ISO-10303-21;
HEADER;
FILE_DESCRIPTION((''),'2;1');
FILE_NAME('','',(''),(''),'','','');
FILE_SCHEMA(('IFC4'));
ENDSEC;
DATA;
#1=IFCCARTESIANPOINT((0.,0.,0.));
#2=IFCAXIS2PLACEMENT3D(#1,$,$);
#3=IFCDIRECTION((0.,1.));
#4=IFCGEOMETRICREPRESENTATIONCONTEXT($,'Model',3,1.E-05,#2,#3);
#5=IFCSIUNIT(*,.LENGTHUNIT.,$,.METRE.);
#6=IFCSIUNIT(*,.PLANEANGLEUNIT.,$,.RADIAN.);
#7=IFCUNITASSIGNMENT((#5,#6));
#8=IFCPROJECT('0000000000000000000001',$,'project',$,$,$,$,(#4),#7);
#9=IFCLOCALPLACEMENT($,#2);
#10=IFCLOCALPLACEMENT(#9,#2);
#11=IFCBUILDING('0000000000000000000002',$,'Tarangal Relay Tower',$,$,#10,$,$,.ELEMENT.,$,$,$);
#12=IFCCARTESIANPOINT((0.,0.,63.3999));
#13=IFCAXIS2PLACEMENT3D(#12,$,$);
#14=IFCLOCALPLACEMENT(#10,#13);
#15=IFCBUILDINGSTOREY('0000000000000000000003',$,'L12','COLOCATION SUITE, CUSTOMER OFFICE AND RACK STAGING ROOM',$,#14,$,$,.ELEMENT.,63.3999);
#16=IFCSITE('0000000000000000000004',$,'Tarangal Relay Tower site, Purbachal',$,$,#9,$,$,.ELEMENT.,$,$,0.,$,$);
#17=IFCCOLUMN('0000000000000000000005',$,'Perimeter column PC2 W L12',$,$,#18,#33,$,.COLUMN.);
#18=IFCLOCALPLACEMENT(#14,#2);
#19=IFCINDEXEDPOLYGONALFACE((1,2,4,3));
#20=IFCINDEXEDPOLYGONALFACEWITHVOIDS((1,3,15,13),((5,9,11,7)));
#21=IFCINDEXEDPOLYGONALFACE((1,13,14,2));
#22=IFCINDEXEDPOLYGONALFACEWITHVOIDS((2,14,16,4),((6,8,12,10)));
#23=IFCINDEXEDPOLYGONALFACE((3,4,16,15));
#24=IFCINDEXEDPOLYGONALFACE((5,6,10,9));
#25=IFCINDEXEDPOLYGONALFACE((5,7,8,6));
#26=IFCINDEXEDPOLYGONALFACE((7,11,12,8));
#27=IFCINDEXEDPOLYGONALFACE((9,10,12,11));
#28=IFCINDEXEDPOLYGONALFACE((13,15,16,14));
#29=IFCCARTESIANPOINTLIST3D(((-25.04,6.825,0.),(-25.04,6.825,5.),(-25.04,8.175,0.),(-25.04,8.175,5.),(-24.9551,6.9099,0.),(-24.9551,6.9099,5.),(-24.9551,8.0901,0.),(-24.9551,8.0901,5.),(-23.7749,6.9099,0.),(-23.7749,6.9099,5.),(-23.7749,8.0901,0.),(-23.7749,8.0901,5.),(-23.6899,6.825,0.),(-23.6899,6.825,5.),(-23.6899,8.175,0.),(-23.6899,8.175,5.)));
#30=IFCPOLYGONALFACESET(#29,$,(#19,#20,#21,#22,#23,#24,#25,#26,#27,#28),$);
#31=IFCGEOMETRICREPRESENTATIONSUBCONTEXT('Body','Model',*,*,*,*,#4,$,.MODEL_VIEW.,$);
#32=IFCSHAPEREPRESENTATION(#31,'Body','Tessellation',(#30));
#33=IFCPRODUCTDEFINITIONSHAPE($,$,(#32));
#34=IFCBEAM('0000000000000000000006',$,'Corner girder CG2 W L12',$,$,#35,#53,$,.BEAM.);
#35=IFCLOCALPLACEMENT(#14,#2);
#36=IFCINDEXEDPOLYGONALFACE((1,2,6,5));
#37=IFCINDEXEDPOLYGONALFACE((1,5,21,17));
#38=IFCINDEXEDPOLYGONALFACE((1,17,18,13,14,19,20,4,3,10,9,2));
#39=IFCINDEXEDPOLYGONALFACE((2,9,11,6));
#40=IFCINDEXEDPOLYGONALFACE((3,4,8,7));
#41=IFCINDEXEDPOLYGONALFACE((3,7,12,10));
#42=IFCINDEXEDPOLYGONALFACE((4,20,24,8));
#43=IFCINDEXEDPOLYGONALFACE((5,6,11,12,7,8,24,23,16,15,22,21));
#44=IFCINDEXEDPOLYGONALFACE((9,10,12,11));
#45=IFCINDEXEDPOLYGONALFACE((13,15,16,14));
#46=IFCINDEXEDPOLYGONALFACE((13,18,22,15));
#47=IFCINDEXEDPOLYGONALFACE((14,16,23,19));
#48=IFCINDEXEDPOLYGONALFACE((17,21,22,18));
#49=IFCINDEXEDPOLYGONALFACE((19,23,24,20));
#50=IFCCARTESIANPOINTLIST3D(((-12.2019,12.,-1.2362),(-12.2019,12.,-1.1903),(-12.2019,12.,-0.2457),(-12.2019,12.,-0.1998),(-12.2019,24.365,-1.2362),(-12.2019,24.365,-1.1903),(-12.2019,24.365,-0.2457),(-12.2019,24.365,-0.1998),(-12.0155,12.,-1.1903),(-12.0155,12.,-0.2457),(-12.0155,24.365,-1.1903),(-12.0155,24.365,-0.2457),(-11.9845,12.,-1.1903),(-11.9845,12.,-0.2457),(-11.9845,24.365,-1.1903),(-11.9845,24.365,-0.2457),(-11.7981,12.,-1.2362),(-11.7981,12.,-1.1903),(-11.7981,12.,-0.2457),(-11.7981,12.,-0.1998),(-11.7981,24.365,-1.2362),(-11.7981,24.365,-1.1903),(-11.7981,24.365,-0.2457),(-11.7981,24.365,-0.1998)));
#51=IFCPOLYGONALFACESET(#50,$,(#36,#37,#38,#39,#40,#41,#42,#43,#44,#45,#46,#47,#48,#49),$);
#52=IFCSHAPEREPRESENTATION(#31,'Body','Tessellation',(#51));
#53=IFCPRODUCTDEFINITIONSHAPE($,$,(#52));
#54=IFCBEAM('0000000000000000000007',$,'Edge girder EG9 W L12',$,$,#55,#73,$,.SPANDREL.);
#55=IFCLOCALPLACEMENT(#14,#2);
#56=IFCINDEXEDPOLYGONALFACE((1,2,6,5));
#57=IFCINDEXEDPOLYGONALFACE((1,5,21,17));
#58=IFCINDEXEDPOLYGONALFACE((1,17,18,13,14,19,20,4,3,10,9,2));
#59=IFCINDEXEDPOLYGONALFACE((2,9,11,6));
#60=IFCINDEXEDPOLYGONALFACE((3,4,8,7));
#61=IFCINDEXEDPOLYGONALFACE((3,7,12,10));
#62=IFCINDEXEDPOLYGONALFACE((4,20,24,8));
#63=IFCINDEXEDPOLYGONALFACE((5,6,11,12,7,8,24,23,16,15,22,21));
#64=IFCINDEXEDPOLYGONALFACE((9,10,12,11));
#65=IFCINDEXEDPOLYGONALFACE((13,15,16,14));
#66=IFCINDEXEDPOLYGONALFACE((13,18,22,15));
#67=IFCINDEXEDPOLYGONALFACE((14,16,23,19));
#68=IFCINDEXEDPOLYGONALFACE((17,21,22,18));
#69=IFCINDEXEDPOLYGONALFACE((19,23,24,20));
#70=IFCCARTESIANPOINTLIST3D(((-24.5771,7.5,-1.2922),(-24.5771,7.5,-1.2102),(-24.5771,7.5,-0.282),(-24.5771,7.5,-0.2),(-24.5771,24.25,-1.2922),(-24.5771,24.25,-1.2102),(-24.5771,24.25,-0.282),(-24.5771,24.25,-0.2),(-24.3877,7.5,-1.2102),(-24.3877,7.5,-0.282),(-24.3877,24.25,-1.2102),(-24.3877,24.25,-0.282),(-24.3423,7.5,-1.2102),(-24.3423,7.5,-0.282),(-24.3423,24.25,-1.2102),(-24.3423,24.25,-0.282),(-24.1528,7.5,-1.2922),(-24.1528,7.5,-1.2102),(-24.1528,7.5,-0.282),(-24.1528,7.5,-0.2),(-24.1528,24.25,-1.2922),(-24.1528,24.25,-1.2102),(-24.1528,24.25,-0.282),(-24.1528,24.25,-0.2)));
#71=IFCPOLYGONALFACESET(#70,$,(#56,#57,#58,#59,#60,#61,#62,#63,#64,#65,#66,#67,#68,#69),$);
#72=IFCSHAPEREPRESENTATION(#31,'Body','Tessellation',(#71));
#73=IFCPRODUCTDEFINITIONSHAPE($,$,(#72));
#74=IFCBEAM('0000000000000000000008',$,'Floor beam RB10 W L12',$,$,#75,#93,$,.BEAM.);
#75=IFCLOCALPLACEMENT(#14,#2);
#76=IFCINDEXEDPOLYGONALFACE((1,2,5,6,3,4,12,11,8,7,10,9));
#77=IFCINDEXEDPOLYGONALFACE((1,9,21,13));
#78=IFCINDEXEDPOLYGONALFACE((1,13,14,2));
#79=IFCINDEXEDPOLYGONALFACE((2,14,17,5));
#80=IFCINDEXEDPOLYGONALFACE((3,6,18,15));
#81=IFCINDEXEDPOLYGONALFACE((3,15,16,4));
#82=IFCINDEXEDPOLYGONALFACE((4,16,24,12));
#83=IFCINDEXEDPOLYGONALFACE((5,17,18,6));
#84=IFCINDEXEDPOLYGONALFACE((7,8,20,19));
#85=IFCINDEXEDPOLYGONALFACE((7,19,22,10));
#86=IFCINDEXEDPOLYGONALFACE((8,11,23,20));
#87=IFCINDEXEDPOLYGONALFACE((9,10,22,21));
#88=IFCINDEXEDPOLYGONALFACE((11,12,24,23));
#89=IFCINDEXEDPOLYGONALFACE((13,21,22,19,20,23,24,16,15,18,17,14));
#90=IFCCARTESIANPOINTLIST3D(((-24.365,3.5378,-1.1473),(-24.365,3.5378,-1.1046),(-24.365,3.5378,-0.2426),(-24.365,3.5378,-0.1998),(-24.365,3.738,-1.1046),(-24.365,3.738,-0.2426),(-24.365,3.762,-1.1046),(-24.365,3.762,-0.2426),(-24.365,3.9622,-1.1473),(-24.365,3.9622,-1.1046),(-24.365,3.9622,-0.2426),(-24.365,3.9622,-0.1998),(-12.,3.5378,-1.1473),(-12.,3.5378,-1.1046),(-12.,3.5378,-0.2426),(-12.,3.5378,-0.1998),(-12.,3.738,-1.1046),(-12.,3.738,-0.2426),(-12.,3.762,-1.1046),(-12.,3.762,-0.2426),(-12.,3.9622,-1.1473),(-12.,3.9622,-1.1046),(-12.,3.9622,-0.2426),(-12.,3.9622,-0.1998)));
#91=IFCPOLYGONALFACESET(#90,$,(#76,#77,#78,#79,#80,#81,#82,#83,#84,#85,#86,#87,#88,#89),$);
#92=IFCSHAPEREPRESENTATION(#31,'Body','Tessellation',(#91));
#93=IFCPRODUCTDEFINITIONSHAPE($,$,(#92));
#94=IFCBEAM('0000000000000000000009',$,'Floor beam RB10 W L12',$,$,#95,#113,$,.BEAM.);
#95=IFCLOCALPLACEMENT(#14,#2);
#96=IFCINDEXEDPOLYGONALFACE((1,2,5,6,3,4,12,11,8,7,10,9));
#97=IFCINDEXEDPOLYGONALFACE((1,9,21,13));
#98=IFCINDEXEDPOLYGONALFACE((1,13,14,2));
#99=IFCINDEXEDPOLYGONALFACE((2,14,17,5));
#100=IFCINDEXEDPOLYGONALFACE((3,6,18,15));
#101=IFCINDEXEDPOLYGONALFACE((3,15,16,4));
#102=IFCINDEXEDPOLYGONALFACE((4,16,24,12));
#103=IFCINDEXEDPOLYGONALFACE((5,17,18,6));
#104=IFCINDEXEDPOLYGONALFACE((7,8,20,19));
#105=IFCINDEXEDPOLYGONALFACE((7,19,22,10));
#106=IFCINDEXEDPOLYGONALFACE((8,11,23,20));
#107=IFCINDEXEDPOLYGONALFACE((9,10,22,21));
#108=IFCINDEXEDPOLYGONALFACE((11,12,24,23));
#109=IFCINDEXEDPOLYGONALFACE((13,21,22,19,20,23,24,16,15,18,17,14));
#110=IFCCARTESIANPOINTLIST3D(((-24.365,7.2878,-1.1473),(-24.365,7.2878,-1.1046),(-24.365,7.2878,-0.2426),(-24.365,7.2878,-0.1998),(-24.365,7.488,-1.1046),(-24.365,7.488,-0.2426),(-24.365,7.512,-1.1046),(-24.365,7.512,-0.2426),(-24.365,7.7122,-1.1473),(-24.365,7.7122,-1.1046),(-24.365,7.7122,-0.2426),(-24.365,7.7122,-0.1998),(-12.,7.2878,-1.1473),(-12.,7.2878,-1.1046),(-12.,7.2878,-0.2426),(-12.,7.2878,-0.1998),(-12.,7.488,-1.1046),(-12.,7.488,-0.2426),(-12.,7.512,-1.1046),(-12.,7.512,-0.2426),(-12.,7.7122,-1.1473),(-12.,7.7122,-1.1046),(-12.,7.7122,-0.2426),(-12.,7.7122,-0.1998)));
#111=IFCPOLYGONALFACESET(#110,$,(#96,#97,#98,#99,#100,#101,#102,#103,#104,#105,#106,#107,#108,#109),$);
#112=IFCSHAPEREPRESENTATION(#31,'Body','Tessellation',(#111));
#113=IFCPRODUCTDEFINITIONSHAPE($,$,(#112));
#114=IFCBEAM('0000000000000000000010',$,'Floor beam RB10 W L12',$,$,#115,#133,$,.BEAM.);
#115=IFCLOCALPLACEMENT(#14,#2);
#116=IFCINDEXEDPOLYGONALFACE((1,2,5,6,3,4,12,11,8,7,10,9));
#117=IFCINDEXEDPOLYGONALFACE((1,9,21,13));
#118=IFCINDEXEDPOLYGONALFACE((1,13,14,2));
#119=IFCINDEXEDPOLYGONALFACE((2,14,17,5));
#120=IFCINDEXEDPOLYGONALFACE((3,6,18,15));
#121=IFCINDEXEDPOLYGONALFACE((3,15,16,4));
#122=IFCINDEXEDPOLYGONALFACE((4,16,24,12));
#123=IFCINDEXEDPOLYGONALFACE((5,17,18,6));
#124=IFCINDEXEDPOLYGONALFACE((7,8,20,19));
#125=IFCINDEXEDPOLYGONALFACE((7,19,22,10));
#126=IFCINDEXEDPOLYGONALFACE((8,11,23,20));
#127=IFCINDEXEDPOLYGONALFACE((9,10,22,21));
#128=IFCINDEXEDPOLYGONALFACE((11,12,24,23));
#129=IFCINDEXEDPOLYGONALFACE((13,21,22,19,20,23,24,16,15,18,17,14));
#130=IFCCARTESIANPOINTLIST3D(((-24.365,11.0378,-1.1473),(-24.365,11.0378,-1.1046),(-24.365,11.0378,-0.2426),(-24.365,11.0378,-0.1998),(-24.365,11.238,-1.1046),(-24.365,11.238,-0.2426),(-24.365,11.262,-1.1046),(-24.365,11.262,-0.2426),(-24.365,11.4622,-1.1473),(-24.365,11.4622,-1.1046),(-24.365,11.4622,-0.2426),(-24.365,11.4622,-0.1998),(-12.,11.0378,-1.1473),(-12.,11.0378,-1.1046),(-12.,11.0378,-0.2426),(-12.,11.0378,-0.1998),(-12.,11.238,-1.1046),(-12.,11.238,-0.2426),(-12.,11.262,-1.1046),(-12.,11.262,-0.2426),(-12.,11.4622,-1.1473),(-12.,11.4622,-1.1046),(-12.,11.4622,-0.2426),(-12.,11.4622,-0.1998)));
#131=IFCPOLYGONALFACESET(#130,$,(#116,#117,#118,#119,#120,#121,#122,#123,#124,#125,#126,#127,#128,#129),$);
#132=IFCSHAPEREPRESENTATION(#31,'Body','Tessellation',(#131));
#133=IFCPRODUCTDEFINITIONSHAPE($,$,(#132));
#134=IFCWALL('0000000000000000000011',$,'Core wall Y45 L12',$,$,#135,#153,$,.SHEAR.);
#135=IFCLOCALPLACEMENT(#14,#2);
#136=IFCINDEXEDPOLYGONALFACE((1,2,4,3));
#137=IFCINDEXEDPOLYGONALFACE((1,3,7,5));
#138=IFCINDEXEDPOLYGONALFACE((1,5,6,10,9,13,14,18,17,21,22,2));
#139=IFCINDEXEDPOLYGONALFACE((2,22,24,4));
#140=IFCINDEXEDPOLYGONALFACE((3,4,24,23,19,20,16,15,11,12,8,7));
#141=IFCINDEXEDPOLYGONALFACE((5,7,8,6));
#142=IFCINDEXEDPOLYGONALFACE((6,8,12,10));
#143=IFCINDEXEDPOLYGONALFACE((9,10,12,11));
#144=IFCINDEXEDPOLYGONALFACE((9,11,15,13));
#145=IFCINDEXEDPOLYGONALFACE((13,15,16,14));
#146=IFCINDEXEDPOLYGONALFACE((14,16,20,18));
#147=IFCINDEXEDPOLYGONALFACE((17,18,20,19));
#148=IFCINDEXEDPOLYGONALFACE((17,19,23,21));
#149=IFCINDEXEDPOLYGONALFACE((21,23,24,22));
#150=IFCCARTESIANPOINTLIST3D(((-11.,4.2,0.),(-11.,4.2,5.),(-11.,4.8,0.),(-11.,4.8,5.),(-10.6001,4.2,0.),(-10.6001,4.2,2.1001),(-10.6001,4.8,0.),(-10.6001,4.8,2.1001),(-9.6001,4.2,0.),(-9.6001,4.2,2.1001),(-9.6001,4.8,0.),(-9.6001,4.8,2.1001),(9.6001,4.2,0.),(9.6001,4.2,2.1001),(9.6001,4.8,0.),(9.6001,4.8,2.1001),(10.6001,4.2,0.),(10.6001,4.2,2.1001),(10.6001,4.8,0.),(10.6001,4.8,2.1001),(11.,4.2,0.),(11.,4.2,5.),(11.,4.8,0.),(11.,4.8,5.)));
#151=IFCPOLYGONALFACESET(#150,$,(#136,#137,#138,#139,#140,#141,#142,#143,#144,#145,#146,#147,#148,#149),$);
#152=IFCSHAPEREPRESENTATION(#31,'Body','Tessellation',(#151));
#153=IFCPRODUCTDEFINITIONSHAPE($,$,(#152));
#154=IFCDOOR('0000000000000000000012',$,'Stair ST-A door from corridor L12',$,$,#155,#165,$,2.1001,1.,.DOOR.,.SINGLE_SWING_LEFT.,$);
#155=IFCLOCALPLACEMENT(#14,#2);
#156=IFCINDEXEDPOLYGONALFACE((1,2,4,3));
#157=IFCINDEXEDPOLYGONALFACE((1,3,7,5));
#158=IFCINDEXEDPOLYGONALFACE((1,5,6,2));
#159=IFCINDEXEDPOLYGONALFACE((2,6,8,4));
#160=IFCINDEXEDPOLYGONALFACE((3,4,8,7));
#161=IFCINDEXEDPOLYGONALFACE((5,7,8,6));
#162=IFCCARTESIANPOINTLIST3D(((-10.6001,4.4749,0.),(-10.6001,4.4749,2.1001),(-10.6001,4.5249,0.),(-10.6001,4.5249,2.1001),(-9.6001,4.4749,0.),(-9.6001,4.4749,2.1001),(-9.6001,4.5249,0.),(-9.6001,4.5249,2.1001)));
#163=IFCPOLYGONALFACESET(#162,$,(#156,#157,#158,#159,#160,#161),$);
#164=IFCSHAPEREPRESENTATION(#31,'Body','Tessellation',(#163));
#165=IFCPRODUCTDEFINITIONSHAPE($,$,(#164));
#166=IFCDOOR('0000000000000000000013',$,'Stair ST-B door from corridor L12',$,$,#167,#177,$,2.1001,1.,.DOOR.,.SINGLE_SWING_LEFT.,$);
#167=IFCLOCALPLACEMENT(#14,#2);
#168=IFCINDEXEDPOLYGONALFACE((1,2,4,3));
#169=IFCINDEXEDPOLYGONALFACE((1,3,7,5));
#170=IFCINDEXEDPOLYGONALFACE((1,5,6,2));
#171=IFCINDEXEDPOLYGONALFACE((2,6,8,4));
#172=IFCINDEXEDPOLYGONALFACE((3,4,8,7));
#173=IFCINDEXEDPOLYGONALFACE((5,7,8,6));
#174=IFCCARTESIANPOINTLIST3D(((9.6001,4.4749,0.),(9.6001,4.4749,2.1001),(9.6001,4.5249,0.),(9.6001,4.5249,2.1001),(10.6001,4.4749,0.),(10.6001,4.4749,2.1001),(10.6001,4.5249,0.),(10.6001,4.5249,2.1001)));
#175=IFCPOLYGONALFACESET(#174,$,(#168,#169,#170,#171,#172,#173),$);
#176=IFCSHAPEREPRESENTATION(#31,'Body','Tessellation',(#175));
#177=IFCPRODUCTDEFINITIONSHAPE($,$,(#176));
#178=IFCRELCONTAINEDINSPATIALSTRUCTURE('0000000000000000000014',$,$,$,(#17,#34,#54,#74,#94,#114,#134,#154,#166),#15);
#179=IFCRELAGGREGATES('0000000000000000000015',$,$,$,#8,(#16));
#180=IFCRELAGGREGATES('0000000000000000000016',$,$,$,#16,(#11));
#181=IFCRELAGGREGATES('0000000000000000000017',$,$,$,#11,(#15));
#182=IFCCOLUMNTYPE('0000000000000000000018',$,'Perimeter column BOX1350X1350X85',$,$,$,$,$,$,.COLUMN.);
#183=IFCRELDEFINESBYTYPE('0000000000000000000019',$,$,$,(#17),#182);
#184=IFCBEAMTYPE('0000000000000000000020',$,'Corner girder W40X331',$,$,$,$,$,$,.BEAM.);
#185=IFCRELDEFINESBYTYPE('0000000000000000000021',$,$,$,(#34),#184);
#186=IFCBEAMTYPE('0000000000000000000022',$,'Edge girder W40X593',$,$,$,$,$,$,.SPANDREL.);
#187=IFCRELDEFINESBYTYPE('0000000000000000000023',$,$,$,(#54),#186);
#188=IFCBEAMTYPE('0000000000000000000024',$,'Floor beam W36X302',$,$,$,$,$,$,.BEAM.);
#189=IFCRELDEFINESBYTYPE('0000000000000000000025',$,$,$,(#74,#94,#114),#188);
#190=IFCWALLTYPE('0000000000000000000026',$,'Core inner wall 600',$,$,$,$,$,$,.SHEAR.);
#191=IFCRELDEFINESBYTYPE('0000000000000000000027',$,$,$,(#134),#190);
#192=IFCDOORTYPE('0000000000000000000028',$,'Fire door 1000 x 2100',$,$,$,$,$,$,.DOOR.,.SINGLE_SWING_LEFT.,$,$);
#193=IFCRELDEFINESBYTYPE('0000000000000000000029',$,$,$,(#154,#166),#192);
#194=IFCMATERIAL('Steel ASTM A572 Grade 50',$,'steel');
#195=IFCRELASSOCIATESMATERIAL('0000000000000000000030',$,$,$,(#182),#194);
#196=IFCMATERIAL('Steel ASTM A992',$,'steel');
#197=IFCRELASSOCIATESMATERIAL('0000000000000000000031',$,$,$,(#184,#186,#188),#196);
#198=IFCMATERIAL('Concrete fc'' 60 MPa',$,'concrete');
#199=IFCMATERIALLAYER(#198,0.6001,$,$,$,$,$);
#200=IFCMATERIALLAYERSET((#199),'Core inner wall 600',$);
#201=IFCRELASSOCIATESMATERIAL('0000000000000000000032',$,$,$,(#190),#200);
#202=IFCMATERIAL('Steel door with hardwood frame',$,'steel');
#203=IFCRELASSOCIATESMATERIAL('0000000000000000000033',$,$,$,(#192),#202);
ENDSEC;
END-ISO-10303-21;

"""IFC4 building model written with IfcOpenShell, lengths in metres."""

from ifc_helpers import new_model, si_unit, direction, frame, frame_2d, origin, origin_2d, place, context, subcontext, project, spatial, rectangle, hollow_rectangle, i_section, extrude, material, layer, layer_set, material_profile, profile_set, type_object, element, fill, save


model = new_model("IFC4")

# Units and contexts
model_context = context("Model", 3, precision=1e-05, world=origin(), true_north=direction((0.0, 1.0)))
body_context = subcontext(model_context, "Body", "Model", "MODEL_VIEW")
ifc_project = project(units=[si_unit("LENGTHUNIT", "METRE"), si_unit("PLANEANGLEUNIT", "RADIAN")], contexts=[model_context])

# Site, building, storey
site_placement = place(None, origin())
site = spatial("IfcSite", under=ifc_project, at=site_placement, Name="Tarangal Relay Tower site, Purbachal", CompositionType="ELEMENT", RefElevation=0.0)
building_placement = place(site_placement, origin())
building = spatial("IfcBuilding", under=site, at=building_placement, Name="Tarangal Relay Tower", CompositionType="ELEMENT")
storey_placement = place(building_placement, frame((0.0, 0.0, 63.3999)))
storey = spatial("IfcBuildingStorey", under=building, at=storey_placement, Name="L12", Description="COLOCATION SUITE, CUSTOMER OFFICE AND RACK STAGING ROOM", CompositionType="ELEMENT", Elevation=63.3999)

# Column
ifc_material_1 = material(Name="Steel ASTM A572 Grade 50", Category="steel")
ifc_material_profile_1 = material_profile(ifc_material_1, hollow_rectangle(XDim=1.3501, YDim=1.3501, WallThickness=0.085, at=origin_2d()), Name="BOX1350X1350X85")
ifc_profile_set_1 = profile_set([ifc_material_profile_1], Name="Steel ASTM A572 Grade 50")
column_type = type_object("IfcColumnType", Name="Perimeter column BOX1350X1350X85", PredefinedType="COLUMN", material=ifc_profile_set_1)
column_placement = place(storey_placement, frame((-24.365, 7.5, 0.0), z_axis=(0.0, 0.0, 1.0), x_axis=(1.0, 0.0, 0.0)))
element("IfcColumn", 1, at=column_placement, inside=storey, type_object=column_type, Name="Perimeter column PC2 W L12", PredefinedType="COLUMN", context=body_context, shape_type="SweptSolid", body=[
    extrude(hollow_rectangle(XDim=1.3501, YDim=1.3501, WallThickness=0.085, at=origin_2d()), origin(), (0.0, 0.0, 1.0), 5.0),
])

# Beams
ifc_material_2 = material(Name="Steel ASTM A992", Category="steel")
ifc_material_profile_2 = material_profile(ifc_material_2, i_section(OverallWidth=0.4038, OverallDepth=1.0364, WebThickness=0.031, FlangeThickness=0.0459, at=origin_2d()), Name="W40X331")
ifc_profile_set_2 = profile_set([ifc_material_profile_2], Name="Steel ASTM A992")
beam_type_1 = type_object("IfcBeamType", Name="Corner girder W40X331", PredefinedType="BEAM", material=ifc_profile_set_2)
beam_1_placement = place(storey_placement, frame((-12.0, 12.0, -0.718), z_axis=(0.0, 1.0, 0.0), x_axis=(-1.0, 0.0, 0.0)))
element("IfcBeam", 2, at=beam_1_placement, inside=storey, type_object=beam_type_1, Name="Corner girder CG2 W L12", PredefinedType="BEAM", context=body_context, shape_type="SweptSolid", body=[
    extrude(i_section(OverallWidth=0.4038, OverallDepth=1.0364, WebThickness=0.031, FlangeThickness=0.0459, at=origin_2d()), origin(), (0.0, 0.0, 1.0), 12.365),
])
ifc_material_profile_3 = material_profile(ifc_material_2, i_section(OverallWidth=0.4243, OverallDepth=1.0923, WebThickness=0.0454, FlangeThickness=0.082, at=origin_2d()), Name="W40X593")
ifc_profile_set_3 = profile_set([ifc_material_profile_3], Name="Steel ASTM A992")
beam_type_2 = type_object("IfcBeamType", Name="Edge girder W40X593", PredefinedType="SPANDREL", material=ifc_profile_set_3)
beam_2_placement = place(storey_placement, frame((-24.365, 7.5, -0.7461), z_axis=(0.0, 1.0, 0.0), x_axis=(-1.0, 0.0, 0.0)))
element("IfcBeam", 3, at=beam_2_placement, inside=storey, type_object=beam_type_2, Name="Edge girder EG9 W L12", PredefinedType="SPANDREL", context=body_context, shape_type="SweptSolid", body=[
    extrude(i_section(OverallWidth=0.4243, OverallDepth=1.0923, WebThickness=0.0454, FlangeThickness=0.082, at=origin_2d()), origin(), (0.0, 0.0, 1.0), 16.75),
])
ifc_material_profile_4 = material_profile(ifc_material_2, i_section(OverallWidth=0.4243, OverallDepth=0.9475, WebThickness=0.0239, FlangeThickness=0.0427, at=origin_2d()), Name="W36X302")
ifc_profile_set_4 = profile_set([ifc_material_profile_4], Name="Steel ASTM A992")
beam_type_3 = type_object("IfcBeamType", Name="Floor beam W36X302", PredefinedType="BEAM", material=ifc_profile_set_4)
for number, where, z_axis, x_axis, name in (
    (4, (-12.0, 3.75, -0.6736), (-1.0, 0.0, 0.0), (0.0, -1.0, 0.0), "Floor beam RB10 W L12"),
    (5, (-12.0, 7.5, -0.6736), (-1.0, 0.0, 0.0), (0.0, -1.0, 0.0), "Floor beam RB10 W L12"),
    (6, (-12.0, 11.25, -0.6736), (-1.0, 0.0, 0.0), (0.0, -1.0, 0.0), "Floor beam RB10 W L12"),
):
    element("IfcBeam", number, at=place(storey_placement, frame(where, z_axis=z_axis, x_axis=x_axis)), inside=storey, type_object=beam_type_3, Name=name, PredefinedType="BEAM", context=body_context, shape_type="SweptSolid", body=[
        extrude(i_section(OverallWidth=0.4243, OverallDepth=0.9475, WebThickness=0.0239, FlangeThickness=0.0427, at=origin_2d()), origin(), (0.0, 0.0, 1.0), 12.365),
    ])

# Wall, openings, doors
ifc_material_3 = material(Name="Concrete fc' 60 MPa", Category="concrete")
ifc_layer_1 = layer(ifc_material_3, 0.6001)
ifc_layer_set_1 = layer_set([ifc_layer_1], Name="Core inner wall 600")
wall_type_1 = type_object("IfcWallType", Name="Core inner wall 600", PredefinedType="SHEAR", material=ifc_layer_set_1)
wall_1_placement = place(storey_placement, frame((-11.0, 4.5, 0.0), z_axis=(0.0, 0.0, 1.0), x_axis=(1.0, 0.0, 0.0)))
wall_1 = element("IfcWall", 7, at=wall_1_placement, inside=storey, type_object=wall_type_1, Name="Core wall Y45 L12", PredefinedType="SHEAR", context=body_context, shape_type="SweptSolid", body=[
    extrude(rectangle(XDim=22.0, YDim=0.6001, at=frame_2d((11.0, 0.0))), origin(), (0.0, 0.0, 1.0), 5.0),
])
opening_1_placement = place(wall_1_placement, frame((0.3999, 0.0, 0.0)))
opening_1 = element("IfcOpeningElement", 8, at=opening_1_placement, cuts=wall_1, PredefinedType="OPENING", context=body_context, shape_type="SweptSolid", body=[
    extrude(rectangle(XDim=1.0, YDim=2.1001, at=frame_2d((0.5, 1.05))), frame((0.0, 0.3101, 0.0), z_axis=(0.0, -1.0, 0.0), x_axis=(1.0, 0.0, 0.0)), (0.0, 0.0, 1.0), 0.6201),
])
opening_2_placement = place(wall_1_placement, frame((20.6001, 0.0, 0.0)))
opening_2 = element("IfcOpeningElement", 9, at=opening_2_placement, cuts=wall_1, PredefinedType="OPENING", context=body_context, shape_type="SweptSolid", body=[
    extrude(rectangle(XDim=1.0, YDim=2.1001, at=frame_2d((0.5, 1.05))), frame((0.0, 0.3101, 0.0), z_axis=(0.0, -1.0, 0.0), x_axis=(1.0, 0.0, 0.0)), (0.0, 0.0, 1.0), 0.6201),
])
ifc_material_4 = material(Name="Steel door with hardwood frame", Category="steel")
door_type_1 = type_object("IfcDoorType", Name="Fire door 1000 x 2100", OperationType="SINGLE_SWING_LEFT", PredefinedType="DOOR", material=ifc_material_4)
door_1_placement = place(opening_1_placement, origin())
door_1 = element("IfcDoor", 10, at=door_1_placement, inside=storey, type_object=door_type_1, Name="Stair ST-A door from corridor L12", OperationType="SINGLE_SWING_LEFT", OverallHeight=2.1001, OverallWidth=1.0, PredefinedType="DOOR", context=body_context, shape_type="SweptSolid", body=[
    extrude(rectangle(XDim=1.0, YDim=2.1001, at=frame_2d((0.5, 1.05))), frame((0.0, 0.0249, 0.0), z_axis=(0.0, -1.0, 0.0), x_axis=(1.0, 0.0, 0.0)), (0.0, 0.0, 1.0), 0.05),
])
fill(opening_1, door_1)
door_2_placement = place(opening_2_placement, origin())
door_2 = element("IfcDoor", 11, at=door_2_placement, inside=storey, type_object=door_type_1, Name="Stair ST-B door from corridor L12", OperationType="SINGLE_SWING_LEFT", OverallHeight=2.1001, OverallWidth=1.0, PredefinedType="DOOR", context=body_context, shape_type="SweptSolid", body=[
    extrude(rectangle(XDim=1.0, YDim=2.1001, at=frame_2d((0.5, 1.05))), frame((0.0, 0.0249, 0.0), z_axis=(0.0, -1.0, 0.0), x_axis=(1.0, 0.0, 0.0)), (0.0, 0.0, 1.0), 0.05),
])
fill(opening_2, door_2)

save(model, "model.ifc")
